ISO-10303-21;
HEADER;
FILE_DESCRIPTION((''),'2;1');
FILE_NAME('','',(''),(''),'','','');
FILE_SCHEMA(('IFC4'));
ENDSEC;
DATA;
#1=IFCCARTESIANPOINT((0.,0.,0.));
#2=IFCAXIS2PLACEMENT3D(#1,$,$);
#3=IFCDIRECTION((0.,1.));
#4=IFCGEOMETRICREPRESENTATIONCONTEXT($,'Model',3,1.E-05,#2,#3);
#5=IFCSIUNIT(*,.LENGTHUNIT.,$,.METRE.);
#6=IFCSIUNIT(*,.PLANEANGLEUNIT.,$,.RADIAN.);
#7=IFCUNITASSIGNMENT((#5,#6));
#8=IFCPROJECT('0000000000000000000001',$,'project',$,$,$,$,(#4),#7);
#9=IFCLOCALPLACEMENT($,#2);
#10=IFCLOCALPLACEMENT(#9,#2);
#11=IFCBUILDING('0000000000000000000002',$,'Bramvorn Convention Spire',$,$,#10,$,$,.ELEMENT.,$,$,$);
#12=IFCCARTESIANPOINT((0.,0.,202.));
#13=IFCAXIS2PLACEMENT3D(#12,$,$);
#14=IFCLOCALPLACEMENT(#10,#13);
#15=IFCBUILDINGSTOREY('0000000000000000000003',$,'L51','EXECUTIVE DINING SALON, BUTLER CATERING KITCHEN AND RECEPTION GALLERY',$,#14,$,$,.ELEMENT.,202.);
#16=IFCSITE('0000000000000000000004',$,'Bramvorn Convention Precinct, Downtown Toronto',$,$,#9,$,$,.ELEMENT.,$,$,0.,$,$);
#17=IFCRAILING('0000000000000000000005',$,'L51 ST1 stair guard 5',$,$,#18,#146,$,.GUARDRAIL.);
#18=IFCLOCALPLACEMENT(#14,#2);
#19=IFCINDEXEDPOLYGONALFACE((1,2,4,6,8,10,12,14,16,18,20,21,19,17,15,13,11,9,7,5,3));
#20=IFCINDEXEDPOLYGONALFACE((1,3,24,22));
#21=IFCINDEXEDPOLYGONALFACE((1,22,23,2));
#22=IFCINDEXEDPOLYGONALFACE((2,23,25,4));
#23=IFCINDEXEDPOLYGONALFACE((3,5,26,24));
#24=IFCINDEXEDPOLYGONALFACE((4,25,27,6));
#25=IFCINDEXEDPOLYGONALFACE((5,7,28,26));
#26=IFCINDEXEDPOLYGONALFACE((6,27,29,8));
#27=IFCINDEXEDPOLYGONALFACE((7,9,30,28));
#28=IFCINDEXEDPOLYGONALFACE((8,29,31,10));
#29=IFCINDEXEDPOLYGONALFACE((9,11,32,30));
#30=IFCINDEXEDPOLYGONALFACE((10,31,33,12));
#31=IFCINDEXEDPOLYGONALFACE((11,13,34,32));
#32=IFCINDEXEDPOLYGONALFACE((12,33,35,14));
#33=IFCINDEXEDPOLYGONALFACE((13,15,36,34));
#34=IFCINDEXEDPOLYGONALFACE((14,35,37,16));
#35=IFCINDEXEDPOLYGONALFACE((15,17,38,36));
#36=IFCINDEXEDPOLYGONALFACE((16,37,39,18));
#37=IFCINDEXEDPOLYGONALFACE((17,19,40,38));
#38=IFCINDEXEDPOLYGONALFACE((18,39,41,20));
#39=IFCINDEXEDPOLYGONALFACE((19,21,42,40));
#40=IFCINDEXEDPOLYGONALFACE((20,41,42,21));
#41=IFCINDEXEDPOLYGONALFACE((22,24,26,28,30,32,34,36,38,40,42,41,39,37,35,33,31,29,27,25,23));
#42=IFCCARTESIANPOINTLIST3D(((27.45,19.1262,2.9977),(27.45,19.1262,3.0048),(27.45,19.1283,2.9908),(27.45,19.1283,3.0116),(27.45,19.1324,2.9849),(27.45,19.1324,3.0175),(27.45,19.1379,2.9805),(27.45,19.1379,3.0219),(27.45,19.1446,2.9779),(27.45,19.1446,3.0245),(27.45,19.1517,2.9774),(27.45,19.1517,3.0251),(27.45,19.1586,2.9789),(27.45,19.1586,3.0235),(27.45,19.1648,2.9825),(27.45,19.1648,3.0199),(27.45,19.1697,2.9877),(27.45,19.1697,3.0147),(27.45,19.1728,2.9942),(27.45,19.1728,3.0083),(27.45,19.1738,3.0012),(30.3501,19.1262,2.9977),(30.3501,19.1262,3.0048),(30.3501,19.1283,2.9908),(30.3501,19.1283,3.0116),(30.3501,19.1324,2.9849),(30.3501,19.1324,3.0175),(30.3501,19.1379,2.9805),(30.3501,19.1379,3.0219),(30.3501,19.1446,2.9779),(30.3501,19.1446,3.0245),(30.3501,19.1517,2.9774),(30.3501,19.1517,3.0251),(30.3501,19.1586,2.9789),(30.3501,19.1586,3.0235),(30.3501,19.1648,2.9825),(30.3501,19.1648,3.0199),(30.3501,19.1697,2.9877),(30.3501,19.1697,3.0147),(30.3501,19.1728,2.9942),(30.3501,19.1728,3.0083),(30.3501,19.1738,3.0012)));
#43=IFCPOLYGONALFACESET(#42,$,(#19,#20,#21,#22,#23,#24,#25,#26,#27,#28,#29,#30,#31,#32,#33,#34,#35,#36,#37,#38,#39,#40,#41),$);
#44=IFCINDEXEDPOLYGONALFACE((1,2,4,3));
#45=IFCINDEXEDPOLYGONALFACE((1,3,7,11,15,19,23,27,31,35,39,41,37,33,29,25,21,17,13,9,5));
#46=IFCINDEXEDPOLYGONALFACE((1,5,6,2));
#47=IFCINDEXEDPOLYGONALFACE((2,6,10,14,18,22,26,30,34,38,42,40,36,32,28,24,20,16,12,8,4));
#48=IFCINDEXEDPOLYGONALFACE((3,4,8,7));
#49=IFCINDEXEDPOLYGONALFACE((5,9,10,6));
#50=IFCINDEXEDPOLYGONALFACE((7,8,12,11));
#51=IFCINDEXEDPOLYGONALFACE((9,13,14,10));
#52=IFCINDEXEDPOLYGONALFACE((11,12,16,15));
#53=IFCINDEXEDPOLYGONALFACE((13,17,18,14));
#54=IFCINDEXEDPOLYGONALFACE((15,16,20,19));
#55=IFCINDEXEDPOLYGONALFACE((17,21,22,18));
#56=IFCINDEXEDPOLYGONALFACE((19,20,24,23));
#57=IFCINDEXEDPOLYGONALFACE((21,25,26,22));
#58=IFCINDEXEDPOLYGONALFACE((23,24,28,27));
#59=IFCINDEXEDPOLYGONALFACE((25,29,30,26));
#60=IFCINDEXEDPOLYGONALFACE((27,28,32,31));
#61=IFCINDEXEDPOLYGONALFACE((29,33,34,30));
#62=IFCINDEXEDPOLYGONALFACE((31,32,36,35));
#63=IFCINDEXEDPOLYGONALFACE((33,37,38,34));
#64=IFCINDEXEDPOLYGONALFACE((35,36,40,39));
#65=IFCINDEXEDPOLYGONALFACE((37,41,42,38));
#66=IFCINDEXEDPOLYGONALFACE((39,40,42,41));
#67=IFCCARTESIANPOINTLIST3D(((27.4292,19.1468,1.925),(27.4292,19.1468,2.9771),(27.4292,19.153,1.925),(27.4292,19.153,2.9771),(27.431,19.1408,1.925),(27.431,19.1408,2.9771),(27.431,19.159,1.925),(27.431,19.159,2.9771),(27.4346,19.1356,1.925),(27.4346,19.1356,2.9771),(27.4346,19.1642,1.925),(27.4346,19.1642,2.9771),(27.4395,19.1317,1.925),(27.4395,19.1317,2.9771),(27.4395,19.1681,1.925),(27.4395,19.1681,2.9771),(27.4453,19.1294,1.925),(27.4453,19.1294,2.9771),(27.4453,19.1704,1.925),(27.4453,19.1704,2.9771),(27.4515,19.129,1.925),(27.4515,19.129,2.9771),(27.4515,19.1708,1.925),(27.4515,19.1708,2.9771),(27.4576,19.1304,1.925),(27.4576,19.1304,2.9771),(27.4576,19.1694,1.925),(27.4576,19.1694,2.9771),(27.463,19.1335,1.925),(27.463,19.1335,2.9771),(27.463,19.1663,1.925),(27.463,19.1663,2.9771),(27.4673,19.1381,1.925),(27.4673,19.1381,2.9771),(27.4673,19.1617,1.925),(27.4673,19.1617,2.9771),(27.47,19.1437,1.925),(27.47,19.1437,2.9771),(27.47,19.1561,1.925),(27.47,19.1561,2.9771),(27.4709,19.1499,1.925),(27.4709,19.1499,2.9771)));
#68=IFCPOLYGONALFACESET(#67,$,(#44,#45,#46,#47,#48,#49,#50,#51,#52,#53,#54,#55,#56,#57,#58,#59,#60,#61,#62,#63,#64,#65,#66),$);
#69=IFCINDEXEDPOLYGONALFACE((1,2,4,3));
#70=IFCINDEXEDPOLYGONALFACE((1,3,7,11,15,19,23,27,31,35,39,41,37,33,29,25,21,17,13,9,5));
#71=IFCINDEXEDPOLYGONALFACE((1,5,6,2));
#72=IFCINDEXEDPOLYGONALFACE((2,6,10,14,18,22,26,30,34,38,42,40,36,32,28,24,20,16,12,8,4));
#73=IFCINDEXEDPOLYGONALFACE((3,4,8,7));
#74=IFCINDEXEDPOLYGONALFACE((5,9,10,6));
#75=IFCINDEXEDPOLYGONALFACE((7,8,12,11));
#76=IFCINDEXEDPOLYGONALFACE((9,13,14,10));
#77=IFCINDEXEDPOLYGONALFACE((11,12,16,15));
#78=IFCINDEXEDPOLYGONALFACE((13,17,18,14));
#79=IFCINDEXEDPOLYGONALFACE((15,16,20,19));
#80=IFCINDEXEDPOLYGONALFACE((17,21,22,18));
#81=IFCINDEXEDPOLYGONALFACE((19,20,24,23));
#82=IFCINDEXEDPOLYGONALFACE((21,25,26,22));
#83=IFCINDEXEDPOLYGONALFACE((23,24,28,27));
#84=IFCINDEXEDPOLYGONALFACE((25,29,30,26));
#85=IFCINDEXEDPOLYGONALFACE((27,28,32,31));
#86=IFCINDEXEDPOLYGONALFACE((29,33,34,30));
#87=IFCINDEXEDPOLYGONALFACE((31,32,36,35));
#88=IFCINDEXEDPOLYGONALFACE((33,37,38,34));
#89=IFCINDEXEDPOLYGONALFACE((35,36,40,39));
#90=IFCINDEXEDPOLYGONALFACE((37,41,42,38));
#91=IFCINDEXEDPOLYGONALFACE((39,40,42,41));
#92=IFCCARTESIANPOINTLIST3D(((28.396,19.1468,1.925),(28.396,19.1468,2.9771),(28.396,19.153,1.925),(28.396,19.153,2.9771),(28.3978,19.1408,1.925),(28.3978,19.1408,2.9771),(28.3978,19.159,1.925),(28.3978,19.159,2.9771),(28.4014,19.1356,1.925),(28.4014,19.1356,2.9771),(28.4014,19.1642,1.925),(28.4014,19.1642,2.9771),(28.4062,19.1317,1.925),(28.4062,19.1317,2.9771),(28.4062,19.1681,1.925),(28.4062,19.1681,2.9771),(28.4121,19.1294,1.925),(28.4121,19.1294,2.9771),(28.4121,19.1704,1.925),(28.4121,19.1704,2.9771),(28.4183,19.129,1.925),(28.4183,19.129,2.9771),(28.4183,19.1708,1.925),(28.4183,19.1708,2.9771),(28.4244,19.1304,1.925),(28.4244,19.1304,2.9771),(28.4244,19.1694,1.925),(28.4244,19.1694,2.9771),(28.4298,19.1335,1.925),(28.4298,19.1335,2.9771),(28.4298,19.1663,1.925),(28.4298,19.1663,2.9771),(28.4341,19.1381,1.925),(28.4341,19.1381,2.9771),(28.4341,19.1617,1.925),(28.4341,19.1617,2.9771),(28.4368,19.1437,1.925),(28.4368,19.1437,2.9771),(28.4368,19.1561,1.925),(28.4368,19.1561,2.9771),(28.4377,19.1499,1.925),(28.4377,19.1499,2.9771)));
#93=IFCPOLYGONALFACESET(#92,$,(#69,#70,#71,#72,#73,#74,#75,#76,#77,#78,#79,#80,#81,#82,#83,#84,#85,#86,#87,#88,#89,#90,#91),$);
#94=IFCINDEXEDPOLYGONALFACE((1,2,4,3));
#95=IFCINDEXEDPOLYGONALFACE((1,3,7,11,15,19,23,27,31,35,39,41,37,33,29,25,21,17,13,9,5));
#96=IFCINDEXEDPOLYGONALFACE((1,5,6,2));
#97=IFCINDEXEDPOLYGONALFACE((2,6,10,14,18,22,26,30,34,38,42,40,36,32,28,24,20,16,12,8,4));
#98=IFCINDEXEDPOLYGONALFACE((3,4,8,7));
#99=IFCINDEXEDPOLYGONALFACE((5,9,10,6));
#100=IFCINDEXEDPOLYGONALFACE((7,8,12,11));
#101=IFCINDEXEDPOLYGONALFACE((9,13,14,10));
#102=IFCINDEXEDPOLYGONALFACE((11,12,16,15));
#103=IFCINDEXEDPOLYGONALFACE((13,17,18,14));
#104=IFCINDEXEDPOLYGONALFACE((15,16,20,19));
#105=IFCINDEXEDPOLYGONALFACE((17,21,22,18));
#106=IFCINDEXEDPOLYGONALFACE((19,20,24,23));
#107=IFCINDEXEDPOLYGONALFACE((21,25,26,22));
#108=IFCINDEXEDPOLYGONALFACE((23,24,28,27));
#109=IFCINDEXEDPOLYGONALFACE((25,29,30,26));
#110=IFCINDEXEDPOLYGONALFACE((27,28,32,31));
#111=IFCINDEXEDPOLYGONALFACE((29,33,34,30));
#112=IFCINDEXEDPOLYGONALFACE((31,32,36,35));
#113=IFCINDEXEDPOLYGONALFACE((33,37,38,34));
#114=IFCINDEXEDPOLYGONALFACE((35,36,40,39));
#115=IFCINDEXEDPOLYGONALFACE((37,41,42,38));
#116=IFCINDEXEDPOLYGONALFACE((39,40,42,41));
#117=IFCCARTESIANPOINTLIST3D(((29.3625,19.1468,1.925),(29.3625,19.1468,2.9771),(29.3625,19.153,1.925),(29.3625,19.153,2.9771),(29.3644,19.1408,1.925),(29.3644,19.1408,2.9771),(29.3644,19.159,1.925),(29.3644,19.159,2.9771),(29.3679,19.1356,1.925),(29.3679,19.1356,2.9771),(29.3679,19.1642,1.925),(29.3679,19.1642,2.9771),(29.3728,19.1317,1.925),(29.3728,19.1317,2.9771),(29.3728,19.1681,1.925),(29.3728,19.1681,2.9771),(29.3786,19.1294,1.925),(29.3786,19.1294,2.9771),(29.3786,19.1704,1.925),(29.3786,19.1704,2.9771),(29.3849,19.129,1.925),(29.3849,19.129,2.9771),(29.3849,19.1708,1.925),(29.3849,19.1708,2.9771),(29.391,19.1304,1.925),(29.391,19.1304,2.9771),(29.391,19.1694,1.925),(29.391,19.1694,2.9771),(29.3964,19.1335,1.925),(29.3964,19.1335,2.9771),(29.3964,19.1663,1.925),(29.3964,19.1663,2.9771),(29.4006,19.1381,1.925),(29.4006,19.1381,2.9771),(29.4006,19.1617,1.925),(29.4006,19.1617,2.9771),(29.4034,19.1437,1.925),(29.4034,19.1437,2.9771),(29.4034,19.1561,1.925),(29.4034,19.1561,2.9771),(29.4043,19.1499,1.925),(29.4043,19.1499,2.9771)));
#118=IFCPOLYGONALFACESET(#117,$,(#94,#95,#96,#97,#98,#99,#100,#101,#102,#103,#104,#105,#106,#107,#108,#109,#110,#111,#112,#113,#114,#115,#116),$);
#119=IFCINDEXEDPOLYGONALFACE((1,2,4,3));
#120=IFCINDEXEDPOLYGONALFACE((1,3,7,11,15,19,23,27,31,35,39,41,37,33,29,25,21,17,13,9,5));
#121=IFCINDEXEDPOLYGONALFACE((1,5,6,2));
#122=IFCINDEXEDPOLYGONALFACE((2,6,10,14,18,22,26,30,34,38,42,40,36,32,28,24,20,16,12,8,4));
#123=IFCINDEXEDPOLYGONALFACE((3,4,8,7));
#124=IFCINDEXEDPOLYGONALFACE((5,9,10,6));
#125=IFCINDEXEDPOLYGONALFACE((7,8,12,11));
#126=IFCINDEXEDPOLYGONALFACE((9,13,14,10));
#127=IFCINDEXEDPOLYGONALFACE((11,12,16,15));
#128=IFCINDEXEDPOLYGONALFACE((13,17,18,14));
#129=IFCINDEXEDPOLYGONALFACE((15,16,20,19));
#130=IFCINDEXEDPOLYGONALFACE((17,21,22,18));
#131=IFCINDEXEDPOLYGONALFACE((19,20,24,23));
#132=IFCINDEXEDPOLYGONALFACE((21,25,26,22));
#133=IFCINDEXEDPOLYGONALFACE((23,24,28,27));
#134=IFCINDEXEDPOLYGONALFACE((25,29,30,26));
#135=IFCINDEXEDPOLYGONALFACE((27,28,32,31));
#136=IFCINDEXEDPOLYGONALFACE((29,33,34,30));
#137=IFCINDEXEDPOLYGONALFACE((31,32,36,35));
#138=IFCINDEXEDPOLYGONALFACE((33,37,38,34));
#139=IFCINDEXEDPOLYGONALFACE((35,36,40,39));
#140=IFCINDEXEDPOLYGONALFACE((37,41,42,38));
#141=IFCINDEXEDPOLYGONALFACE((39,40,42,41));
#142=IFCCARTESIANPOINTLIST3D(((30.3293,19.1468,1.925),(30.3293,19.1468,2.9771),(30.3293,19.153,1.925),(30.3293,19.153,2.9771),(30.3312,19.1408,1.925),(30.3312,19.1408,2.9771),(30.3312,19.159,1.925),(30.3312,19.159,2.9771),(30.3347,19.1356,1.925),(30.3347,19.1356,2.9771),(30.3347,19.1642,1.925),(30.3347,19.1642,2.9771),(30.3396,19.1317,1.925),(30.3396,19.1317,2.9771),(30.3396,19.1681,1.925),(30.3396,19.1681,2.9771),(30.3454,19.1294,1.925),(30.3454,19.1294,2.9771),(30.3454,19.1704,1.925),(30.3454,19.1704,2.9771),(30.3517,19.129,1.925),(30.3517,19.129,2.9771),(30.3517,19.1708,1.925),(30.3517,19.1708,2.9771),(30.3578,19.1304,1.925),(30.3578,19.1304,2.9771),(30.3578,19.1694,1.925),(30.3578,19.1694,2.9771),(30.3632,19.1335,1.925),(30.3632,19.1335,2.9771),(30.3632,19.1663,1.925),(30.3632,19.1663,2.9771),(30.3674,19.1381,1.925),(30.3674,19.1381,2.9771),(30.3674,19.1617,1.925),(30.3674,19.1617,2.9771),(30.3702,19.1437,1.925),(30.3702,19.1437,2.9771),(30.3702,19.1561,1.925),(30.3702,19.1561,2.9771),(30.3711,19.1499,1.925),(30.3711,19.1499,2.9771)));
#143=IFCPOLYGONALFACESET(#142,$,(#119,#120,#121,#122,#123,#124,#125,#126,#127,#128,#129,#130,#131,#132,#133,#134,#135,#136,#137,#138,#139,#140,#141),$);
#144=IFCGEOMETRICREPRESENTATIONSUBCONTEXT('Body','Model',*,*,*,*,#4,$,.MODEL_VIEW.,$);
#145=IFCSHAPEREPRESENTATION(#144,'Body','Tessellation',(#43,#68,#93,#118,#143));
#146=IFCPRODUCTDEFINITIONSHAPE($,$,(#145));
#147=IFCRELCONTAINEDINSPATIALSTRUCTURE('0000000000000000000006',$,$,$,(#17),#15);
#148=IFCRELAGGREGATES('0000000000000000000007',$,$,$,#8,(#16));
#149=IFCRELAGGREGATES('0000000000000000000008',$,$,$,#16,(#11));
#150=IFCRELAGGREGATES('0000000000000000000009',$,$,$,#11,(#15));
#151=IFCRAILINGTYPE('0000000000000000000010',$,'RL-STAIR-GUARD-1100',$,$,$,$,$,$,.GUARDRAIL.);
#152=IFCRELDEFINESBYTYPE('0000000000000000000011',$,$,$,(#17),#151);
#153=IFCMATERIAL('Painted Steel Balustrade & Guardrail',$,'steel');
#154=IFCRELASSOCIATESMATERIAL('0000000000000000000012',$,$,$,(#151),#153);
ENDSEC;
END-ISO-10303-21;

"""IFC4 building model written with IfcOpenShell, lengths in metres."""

from ifc_helpers import new_model, si_unit, direction, frame, origin, origin_2d, place, context, subcontext, project, spatial, circle, extrude, material, type_object, element, save


model = new_model("IFC4")

# Units and contexts
model_context = context("Model", 3, precision=1e-05, world=origin(), true_north=direction((0.0, 1.0)))
body_context = subcontext(model_context, "Body", "Model", "MODEL_VIEW")
ifc_project = project(units=[si_unit("LENGTHUNIT", "METRE"), si_unit("PLANEANGLEUNIT", "RADIAN")], contexts=[model_context])

# Site, building, storey
site_placement = place(None, origin())
site = spatial("IfcSite", under=ifc_project, at=site_placement, Name="Bramvorn Convention Precinct, Downtown Toronto", CompositionType="ELEMENT", RefElevation=0.0)
building_placement = place(site_placement, origin())
building = spatial("IfcBuilding", under=site, at=building_placement, Name="Bramvorn Convention Spire", CompositionType="ELEMENT")
storey_placement = place(building_placement, frame((0.0, 0.0, 202.0)))
storey = spatial("IfcBuildingStorey", under=building, at=storey_placement, Name="L51", Description="EXECUTIVE DINING SALON, BUTLER CATERING KITCHEN AND RECEPTION GALLERY", CompositionType="ELEMENT", Elevation=202.0)

# Railing
ifc_material_1 = material(Name="Painted Steel Balustrade & Guardrail", Category="steel")
railing_type_1 = type_object("IfcRailingType", Name="RL-STAIR-GUARD-1100", PredefinedType="GUARDRAIL", material=ifc_material_1)
railing_1_placement = place(storey_placement, frame((27.45, 19.1499, 1.925)))
element("IfcRailing", 1, at=railing_1_placement, inside=storey, type_object=railing_type_1, Name="L51 ST1 stair guard 5", PredefinedType="GUARDRAIL", context=body_context, shape_type="SweptSolid", body=[
    extrude(circle(Radius=0.0239, at=origin_2d()), frame((0.0, 0.0, 1.0762), z_axis=(1.0, 0.0, 0.0), x_axis=(0.0, 1.0, 0.0)), (0.0, 0.0, 1.0), 2.9001),
    extrude(circle(Radius=0.021, at=origin_2d()), origin(), (0.0, 0.0, 1.0), 1.052),
    extrude(circle(Radius=0.021, at=origin_2d()), frame((0.9668, 0.0, 0.0)), (0.0, 0.0, 1.0), 1.052),
    extrude(circle(Radius=0.021, at=origin_2d()), frame((1.9333, 0.0, 0.0)), (0.0, 0.0, 1.0), 1.052),
    extrude(circle(Radius=0.021, at=origin_2d()), frame((2.9001, 0.0, 0.0)), (0.0, 0.0, 1.0), 1.052),
])

save(model, "model.ifc")
